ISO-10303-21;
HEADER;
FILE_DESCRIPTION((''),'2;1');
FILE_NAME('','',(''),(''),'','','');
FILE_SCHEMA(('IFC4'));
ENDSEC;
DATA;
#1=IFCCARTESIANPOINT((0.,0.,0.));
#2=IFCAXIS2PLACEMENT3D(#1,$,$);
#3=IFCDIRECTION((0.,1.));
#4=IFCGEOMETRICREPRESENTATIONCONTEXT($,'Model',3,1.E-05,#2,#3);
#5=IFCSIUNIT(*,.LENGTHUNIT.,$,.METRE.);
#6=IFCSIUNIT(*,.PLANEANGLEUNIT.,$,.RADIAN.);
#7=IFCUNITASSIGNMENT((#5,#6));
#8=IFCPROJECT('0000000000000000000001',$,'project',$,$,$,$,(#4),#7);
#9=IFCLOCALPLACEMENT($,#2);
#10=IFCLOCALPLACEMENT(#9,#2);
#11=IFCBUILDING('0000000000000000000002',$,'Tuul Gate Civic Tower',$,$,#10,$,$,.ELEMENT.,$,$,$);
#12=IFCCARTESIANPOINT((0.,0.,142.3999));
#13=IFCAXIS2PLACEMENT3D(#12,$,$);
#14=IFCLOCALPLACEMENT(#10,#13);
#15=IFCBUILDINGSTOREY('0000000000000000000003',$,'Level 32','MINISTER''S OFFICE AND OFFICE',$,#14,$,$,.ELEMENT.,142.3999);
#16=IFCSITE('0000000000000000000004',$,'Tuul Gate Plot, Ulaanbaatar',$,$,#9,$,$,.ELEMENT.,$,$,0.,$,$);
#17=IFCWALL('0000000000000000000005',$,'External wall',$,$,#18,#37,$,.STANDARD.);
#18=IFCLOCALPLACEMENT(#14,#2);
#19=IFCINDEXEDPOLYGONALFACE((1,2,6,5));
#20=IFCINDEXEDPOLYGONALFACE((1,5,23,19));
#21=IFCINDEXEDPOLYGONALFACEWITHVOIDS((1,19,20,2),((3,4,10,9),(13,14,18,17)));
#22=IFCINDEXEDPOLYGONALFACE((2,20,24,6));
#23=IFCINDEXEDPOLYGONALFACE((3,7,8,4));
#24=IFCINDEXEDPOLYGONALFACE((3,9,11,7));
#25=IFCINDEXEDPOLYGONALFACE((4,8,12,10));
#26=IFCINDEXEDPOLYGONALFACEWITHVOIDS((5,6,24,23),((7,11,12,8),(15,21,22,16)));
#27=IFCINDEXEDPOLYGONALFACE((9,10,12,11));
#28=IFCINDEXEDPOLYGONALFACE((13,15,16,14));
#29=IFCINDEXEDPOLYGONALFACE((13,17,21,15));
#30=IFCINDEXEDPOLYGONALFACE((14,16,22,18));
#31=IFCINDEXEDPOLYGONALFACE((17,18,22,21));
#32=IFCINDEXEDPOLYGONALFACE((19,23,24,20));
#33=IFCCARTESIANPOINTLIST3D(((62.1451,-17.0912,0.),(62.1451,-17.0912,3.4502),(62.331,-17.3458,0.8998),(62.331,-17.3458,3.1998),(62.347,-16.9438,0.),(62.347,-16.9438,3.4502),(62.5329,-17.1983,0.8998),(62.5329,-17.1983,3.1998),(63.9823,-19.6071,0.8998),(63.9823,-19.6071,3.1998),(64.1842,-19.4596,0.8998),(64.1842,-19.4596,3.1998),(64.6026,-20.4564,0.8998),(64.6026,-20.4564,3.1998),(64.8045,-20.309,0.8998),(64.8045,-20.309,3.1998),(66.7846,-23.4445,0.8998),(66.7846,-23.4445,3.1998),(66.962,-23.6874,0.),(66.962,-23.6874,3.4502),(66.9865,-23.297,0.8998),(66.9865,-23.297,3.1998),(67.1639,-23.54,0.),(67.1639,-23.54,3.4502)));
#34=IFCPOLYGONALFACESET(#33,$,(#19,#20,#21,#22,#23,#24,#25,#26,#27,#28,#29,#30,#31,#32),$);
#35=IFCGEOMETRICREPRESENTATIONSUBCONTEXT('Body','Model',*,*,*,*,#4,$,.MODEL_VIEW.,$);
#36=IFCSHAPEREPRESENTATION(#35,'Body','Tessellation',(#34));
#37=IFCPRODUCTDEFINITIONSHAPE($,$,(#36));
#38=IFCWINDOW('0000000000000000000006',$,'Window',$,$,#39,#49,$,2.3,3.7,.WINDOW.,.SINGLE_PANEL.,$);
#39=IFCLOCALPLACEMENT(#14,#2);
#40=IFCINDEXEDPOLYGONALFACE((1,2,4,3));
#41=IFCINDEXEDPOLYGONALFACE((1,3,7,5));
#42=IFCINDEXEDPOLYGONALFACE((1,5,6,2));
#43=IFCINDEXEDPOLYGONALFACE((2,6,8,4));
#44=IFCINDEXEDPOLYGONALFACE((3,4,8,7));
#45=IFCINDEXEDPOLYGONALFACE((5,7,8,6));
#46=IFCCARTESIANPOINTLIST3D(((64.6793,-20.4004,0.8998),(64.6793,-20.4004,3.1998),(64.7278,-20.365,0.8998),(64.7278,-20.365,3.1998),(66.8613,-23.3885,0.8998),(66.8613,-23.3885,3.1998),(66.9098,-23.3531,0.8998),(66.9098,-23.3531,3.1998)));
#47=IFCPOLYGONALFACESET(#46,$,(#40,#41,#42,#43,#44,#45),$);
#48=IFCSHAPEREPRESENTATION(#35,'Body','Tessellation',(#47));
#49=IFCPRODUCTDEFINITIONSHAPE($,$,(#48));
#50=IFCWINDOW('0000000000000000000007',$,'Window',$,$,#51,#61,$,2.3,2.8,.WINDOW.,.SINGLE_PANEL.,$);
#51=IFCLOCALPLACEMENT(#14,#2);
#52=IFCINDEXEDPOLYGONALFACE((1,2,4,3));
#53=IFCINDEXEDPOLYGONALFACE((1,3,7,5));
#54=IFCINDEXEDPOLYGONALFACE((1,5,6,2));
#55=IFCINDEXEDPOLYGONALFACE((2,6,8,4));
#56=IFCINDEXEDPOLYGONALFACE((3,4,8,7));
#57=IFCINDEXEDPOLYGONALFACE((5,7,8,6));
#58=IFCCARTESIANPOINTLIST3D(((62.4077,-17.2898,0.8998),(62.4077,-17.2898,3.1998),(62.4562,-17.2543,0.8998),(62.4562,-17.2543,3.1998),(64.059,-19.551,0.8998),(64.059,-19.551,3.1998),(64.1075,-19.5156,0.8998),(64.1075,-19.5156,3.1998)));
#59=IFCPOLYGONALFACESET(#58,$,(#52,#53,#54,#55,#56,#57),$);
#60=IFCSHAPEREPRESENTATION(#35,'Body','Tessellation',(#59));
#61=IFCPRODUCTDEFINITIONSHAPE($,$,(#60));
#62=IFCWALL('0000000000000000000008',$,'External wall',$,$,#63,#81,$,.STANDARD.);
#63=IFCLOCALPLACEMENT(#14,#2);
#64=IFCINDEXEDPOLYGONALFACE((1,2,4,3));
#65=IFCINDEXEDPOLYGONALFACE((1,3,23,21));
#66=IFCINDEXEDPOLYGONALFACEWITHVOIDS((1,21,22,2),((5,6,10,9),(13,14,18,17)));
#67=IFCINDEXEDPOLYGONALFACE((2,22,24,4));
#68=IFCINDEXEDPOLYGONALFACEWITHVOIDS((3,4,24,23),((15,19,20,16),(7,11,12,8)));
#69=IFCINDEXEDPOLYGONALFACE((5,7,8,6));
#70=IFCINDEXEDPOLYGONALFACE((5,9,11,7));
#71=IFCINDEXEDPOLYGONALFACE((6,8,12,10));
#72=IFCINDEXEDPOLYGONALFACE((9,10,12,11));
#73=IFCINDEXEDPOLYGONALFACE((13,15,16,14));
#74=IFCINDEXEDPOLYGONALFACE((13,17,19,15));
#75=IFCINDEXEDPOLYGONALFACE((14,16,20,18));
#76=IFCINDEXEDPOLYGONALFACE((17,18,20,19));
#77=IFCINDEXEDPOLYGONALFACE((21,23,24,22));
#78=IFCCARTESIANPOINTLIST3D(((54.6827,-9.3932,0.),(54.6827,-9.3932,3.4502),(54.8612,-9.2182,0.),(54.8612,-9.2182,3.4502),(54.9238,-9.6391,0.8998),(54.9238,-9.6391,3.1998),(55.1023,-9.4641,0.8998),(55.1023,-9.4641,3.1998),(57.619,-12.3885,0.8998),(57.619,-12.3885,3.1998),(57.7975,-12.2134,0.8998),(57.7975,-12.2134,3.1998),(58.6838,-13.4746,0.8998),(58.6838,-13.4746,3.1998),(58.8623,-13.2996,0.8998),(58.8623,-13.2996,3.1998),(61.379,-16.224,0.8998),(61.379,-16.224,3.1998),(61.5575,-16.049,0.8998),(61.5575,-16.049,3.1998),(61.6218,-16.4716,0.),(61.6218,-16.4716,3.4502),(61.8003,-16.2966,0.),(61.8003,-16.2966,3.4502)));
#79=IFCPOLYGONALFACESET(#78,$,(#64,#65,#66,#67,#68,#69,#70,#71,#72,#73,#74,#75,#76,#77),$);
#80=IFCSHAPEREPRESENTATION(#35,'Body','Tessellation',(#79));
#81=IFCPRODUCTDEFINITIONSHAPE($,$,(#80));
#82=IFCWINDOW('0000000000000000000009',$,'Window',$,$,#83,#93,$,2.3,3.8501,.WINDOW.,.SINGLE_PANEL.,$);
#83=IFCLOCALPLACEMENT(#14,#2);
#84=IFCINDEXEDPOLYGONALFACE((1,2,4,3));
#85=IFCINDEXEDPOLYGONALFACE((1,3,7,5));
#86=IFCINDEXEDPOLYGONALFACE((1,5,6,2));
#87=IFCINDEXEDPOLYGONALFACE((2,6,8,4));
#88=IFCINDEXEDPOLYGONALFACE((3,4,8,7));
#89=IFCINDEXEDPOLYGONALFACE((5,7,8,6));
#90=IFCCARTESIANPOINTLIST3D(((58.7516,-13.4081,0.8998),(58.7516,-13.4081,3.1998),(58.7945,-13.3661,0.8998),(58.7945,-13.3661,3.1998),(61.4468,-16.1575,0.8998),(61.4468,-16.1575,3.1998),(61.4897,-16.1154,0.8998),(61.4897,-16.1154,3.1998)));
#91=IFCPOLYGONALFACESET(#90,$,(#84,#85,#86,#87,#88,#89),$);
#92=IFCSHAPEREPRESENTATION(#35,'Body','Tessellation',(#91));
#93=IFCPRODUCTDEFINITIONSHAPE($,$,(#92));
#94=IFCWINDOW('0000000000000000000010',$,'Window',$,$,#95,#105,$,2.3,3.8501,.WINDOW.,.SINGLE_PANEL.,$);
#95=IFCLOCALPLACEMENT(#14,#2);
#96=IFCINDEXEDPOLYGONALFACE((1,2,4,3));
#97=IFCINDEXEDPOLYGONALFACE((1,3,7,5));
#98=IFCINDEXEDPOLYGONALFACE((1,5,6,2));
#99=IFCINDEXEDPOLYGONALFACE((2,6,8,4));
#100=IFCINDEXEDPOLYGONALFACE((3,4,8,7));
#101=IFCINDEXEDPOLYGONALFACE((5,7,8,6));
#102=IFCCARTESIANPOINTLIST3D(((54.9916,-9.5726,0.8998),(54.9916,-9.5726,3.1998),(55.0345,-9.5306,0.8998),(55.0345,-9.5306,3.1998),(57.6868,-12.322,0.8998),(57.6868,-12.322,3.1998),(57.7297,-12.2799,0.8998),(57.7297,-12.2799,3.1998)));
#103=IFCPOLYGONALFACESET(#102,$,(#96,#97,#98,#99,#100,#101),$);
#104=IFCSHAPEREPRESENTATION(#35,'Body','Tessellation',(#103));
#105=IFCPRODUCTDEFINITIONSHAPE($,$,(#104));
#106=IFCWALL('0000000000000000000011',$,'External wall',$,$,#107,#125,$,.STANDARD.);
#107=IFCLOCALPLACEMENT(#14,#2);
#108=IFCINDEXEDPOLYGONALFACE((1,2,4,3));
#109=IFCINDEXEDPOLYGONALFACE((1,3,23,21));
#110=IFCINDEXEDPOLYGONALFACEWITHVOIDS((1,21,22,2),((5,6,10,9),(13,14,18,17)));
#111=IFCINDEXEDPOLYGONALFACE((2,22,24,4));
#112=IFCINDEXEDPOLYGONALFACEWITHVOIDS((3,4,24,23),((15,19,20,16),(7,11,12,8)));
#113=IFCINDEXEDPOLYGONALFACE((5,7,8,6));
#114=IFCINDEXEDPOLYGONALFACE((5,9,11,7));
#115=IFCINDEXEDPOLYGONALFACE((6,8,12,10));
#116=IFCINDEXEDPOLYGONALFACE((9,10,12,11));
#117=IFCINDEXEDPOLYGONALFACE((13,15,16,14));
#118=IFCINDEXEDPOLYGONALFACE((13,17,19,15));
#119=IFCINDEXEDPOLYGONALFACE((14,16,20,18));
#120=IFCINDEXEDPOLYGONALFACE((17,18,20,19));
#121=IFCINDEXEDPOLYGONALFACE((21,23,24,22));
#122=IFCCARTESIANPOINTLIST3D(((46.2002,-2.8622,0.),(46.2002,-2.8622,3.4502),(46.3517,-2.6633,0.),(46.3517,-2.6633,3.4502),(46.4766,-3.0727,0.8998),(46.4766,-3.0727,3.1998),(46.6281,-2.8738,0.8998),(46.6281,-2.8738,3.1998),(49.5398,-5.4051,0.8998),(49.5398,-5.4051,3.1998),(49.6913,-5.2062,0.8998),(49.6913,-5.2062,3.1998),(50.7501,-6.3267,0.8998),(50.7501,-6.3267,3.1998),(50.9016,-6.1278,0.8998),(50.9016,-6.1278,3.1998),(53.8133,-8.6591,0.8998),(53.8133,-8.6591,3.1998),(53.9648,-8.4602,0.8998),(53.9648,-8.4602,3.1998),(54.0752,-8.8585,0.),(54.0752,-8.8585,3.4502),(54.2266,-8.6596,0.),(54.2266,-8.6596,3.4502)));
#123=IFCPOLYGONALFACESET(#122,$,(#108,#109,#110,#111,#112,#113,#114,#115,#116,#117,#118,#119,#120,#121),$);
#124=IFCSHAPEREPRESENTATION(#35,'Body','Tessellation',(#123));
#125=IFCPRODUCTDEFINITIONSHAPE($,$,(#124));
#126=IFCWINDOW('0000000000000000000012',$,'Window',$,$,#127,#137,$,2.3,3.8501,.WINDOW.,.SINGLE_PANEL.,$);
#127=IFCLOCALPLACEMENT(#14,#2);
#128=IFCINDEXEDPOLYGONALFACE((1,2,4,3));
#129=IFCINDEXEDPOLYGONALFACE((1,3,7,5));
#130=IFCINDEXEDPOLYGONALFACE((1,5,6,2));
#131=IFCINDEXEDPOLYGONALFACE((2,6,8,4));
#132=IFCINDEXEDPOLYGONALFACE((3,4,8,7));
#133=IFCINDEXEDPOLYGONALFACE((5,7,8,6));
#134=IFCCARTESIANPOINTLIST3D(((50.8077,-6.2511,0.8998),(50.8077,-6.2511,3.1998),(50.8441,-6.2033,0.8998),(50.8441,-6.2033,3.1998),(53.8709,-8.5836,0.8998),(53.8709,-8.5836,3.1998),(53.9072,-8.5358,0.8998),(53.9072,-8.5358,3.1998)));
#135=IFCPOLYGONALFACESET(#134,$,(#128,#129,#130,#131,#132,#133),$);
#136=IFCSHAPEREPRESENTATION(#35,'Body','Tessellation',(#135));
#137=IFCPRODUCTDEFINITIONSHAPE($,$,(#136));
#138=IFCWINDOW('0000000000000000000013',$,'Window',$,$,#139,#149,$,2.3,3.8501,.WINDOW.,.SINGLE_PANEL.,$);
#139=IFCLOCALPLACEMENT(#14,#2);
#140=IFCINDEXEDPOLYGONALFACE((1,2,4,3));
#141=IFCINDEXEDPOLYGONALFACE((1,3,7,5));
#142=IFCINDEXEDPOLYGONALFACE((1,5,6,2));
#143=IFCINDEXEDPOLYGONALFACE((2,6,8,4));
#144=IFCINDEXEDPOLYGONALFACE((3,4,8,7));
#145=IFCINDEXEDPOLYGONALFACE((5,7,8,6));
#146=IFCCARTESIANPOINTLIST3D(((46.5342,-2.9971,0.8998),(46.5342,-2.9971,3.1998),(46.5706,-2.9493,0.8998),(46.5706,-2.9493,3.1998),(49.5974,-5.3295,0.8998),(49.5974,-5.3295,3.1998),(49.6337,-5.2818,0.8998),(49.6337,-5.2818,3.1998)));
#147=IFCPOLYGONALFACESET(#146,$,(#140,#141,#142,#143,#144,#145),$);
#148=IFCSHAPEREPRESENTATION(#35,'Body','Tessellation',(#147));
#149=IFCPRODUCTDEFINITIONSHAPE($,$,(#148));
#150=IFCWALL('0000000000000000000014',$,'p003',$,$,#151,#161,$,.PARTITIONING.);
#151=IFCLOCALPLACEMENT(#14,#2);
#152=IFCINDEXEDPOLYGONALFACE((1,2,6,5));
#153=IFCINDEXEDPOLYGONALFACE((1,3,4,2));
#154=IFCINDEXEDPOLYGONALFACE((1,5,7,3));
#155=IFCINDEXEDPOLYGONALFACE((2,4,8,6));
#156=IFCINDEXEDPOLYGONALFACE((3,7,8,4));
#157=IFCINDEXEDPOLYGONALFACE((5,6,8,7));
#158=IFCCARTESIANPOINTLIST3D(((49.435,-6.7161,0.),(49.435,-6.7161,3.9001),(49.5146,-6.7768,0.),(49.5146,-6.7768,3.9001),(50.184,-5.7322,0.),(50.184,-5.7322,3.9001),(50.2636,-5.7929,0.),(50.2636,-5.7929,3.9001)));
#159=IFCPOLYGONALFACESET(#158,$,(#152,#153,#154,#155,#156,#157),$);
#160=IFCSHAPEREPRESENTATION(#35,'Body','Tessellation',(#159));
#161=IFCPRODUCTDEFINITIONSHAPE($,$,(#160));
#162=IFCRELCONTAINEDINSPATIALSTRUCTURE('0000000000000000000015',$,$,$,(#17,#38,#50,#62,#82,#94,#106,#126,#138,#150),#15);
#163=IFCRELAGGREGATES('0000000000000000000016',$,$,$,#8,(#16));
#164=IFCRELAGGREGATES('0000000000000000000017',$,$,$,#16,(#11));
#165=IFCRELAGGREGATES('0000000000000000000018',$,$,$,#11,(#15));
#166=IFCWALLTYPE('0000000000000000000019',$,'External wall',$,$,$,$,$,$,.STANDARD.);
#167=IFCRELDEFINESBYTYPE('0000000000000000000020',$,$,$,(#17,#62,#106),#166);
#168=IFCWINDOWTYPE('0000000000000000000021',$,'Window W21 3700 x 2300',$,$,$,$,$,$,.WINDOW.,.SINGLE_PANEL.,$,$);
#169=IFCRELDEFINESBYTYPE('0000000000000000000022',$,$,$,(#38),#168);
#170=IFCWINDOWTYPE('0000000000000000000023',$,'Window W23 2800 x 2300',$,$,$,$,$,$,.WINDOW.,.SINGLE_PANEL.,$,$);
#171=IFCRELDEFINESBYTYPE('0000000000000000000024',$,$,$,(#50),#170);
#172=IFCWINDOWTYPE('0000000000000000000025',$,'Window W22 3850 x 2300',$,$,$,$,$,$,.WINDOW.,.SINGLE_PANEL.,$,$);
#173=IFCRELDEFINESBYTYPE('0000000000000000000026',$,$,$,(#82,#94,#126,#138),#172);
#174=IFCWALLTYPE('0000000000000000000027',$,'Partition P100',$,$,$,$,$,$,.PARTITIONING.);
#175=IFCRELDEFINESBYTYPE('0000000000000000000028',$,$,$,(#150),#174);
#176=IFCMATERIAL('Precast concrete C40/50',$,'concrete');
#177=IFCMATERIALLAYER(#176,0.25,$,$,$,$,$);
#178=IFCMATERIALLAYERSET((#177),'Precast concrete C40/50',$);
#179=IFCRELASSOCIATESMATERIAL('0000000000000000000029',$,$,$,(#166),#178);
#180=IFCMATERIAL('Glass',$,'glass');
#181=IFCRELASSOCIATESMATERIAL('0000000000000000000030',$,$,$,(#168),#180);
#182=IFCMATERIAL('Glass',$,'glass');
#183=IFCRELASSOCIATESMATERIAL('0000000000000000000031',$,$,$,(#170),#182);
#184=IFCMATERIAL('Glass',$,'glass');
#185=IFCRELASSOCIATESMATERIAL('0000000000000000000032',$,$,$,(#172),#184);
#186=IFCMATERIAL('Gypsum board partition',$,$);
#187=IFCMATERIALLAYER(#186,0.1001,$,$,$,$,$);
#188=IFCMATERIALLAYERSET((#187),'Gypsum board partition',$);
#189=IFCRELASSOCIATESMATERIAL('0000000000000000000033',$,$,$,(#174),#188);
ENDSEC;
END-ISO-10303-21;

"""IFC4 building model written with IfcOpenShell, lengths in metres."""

from ifc_helpers import new_model, si_unit, direction, frame, frame_2d, origin, place, context, subcontext, project, spatial, rectangle, extrude, material, layer, layer_set, type_object, element, fill, save


model = new_model("IFC4")

# Units and contexts
model_context = context("Model", 3, precision=1e-05, world=origin(), true_north=direction((0.0, 1.0)))
body_context = subcontext(model_context, "Body", "Model", "MODEL_VIEW")
ifc_project = project(units=[si_unit("LENGTHUNIT", "METRE"), si_unit("PLANEANGLEUNIT", "RADIAN")], contexts=[model_context])

# Site, building, storey
site_placement = place(None, origin())
site = spatial("IfcSite", under=ifc_project, at=site_placement, Name="Tuul Gate Plot, Ulaanbaatar", CompositionType="ELEMENT", RefElevation=0.0)
building_placement = place(site_placement, origin())
building = spatial("IfcBuilding", under=site, at=building_placement, Name="Tuul Gate Civic Tower", CompositionType="ELEMENT")
storey_placement = place(building_placement, frame((0.0, 0.0, 142.3999)))
storey = spatial("IfcBuildingStorey", under=building, at=storey_placement, Name="Level 32", Description="MINISTER'S OFFICE AND OFFICE", CompositionType="ELEMENT", Elevation=142.3999)

# Walls, openings, windows
ifc_material_1 = material(Name="Precast concrete C40/50", Category="concrete")
ifc_layer_1 = layer(ifc_material_1, 0.25)
ifc_layer_set_1 = layer_set([ifc_layer_1], Name="Precast concrete C40/50")
wall_type_1 = type_object("IfcWallType", Name="External wall", PredefinedType="STANDARD", material=ifc_layer_set_1)
wall_1_placement = place(storey_placement, frame((67.063, -23.6138, 0.0), z_axis=(0.0, 0.0, 1.0), x_axis=(-0.589745, 0.807589, 0.0)))
wall_1 = element("IfcWall", 1, at=wall_1_placement, inside=storey, type_object=wall_type_1, Name="External wall", PredefinedType="STANDARD", context=body_context, shape_type="SweptSolid", body=[
    extrude(rectangle(XDim=8.1677, YDim=0.25, at=frame_2d((4.084, 0.0))), origin(), (0.0, 0.0, 1.0), 3.4502),
])
opening_1_placement = place(wall_1_placement, frame((0.3008, 0.0, 0.8999)))
opening_1 = element("IfcOpeningElement", 2, at=opening_1_placement, cuts=wall_1, PredefinedType="OPENING", context=body_context, shape_type="SweptSolid", body=[
    extrude(rectangle(XDim=3.7, YDim=2.3, at=frame_2d((1.8501, 1.1499))), frame((0.0, 0.135, 0.0), z_axis=(0.0, -1.0, 0.0), x_axis=(1.0, 0.0, 0.0)), (0.0, 0.0, 1.0), 0.27),
])
opening_2_placement = place(wall_1_placement, frame((5.0527, 0.0, 0.8999)))
opening_2 = element("IfcOpeningElement", 3, at=opening_2_placement, cuts=wall_1, PredefinedType="OPENING", context=body_context, shape_type="SweptSolid", body=[
    extrude(rectangle(XDim=2.8, YDim=2.3, at=frame_2d((1.3999, 1.1499))), frame((0.0, 0.135, 0.0), z_axis=(0.0, -1.0, 0.0), x_axis=(1.0, 0.0, 0.0)), (0.0, 0.0, 1.0), 0.27),
])
ifc_material_2 = material(Name="Glass", Category="glass")
window_type_1 = type_object("IfcWindowType", Name="Window W21 3700 x 2300", PartitioningType="SINGLE_PANEL", PredefinedType="WINDOW", material=ifc_material_2)
window_1_placement = place(opening_1_placement, origin())
window_1 = element("IfcWindow", 4, at=window_1_placement, inside=storey, type_object=window_type_1, Name="Window", OverallHeight=2.3, OverallWidth=3.7, PartitioningType="SINGLE_PANEL", PredefinedType="WINDOW", context=body_context, shape_type="SweptSolid", body=[
    extrude(rectangle(XDim=3.7, YDim=2.3, at=frame_2d((1.8501, 1.1499))), frame((0.0, 0.03, 0.0), z_axis=(0.0, -1.0, 0.0), x_axis=(1.0, 0.0, 0.0)), (0.0, 0.0, 1.0), 0.0601),
])
fill(opening_1, window_1)
ifc_material_3 = material(Name="Glass", Category="glass")
window_type_2 = type_object("IfcWindowType", Name="Window W23 2800 x 2300", PartitioningType="SINGLE_PANEL", PredefinedType="WINDOW", material=ifc_material_3)
window_2_placement = place(opening_2_placement, origin())
window_2 = element("IfcWindow", 5, at=window_2_placement, inside=storey, type_object=window_type_2, Name="Window", OverallHeight=2.3, OverallWidth=2.8, PartitioningType="SINGLE_PANEL", PredefinedType="WINDOW", context=body_context, shape_type="SweptSolid", body=[
    extrude(rectangle(XDim=2.8, YDim=2.3, at=frame_2d((1.3999, 1.1499))), frame((0.0, 0.03, 0.0), z_axis=(0.0, -1.0, 0.0), x_axis=(1.0, 0.0, 0.0)), (0.0, 0.0, 1.0), 0.0601),
])
fill(opening_2, window_2)
wall_2_placement = place(storey_placement, frame((61.7109, -16.384, 0.0), z_axis=(0.0, 0.0, 1.0), x_axis=(-0.70004, 0.714104, 0.0)))
wall_2 = element("IfcWall", 6, at=wall_2_placement, inside=storey, type_object=wall_type_1, Name="External wall", PredefinedType="STANDARD", context=body_context, shape_type="SweptSolid", body=[
    extrude(rectangle(XDim=9.9124, YDim=0.25, at=frame_2d((4.9561, 0.0))), origin(), (0.0, 0.0, 1.0), 3.4502),
])
opening_3_placement = place(wall_2_placement, frame((0.3467, 0.0, 0.8999)))
opening_3 = element("IfcOpeningElement", 7, at=opening_3_placement, cuts=wall_2, PredefinedType="OPENING", context=body_context, shape_type="SweptSolid", body=[
    extrude(rectangle(XDim=3.8501, YDim=2.3, at=frame_2d((1.925, 1.1499))), frame((0.0, 0.135, 0.0), z_axis=(0.0, -1.0, 0.0), x_axis=(1.0, 0.0, 0.0)), (0.0, 0.0, 1.0), 0.27),
])
opening_4_placement = place(wall_2_placement, frame((5.7178, 0.0, 0.8999)))
opening_4 = element("IfcOpeningElement", 8, at=opening_4_placement, cuts=wall_2, PredefinedType="OPENING", context=body_context, shape_type="SweptSolid", body=[
    extrude(rectangle(XDim=3.8501, YDim=2.3, at=frame_2d((1.925, 1.1499))), frame((0.0, 0.135, 0.0), z_axis=(0.0, -1.0, 0.0), x_axis=(1.0, 0.0, 0.0)), (0.0, 0.0, 1.0), 0.27),
])
ifc_material_4 = material(Name="Glass", Category="glass")
window_type_3 = type_object("IfcWindowType", Name="Window W22 3850 x 2300", PartitioningType="SINGLE_PANEL", PredefinedType="WINDOW", material=ifc_material_4)
window_3_placement = place(opening_3_placement, origin())
window_3 = element("IfcWindow", 9, at=window_3_placement, inside=storey, type_object=window_type_3, Name="Window", OverallHeight=2.3, OverallWidth=3.8501, PartitioningType="SINGLE_PANEL", PredefinedType="WINDOW", context=body_context, shape_type="SweptSolid", body=[
    extrude(rectangle(XDim=3.8501, YDim=2.3, at=frame_2d((1.925, 1.1499))), frame((0.0, 0.03, 0.0), z_axis=(0.0, -1.0, 0.0), x_axis=(1.0, 0.0, 0.0)), (0.0, 0.0, 1.0), 0.0601),
])
fill(opening_3, window_3)
window_4_placement = place(opening_4_placement, origin())
window_4 = element("IfcWindow", 10, at=window_4_placement, inside=storey, type_object=window_type_3, Name="Window", OverallHeight=2.3, OverallWidth=3.8501, PartitioningType="SINGLE_PANEL", PredefinedType="WINDOW", context=body_context, shape_type="SweptSolid", body=[
    extrude(rectangle(XDim=3.8501, YDim=2.3, at=frame_2d((1.925, 1.1499))), frame((0.0, 0.03, 0.0), z_axis=(0.0, -1.0, 0.0), x_axis=(1.0, 0.0, 0.0)), (0.0, 0.0, 1.0), 0.0601),
])
fill(opening_4, window_4)
wall_3_placement = place(storey_placement, frame((54.1509, -8.759, 0.0), z_axis=(0.0, 0.0, 1.0), x_axis=(-0.79561, 0.605809, 0.0)))
wall_3 = element("IfcWall", 11, at=wall_3_placement, inside=storey, type_object=wall_type_1, Name="External wall", PredefinedType="STANDARD", context=body_context, shape_type="SweptSolid", body=[
    extrude(rectangle(XDim=9.8979, YDim=0.25, at=frame_2d((4.949, 0.0))), origin(), (0.0, 0.0, 1.0), 3.4502),
])
opening_5_placement = place(wall_3_placement, frame((0.3291, 0.0, 0.8999)))
opening_5 = element("IfcOpeningElement", 12, at=opening_5_placement, cuts=wall_3, PredefinedType="OPENING", context=body_context, shape_type="SweptSolid", body=[
    extrude(rectangle(XDim=3.8501, YDim=2.3, at=frame_2d((1.925, 1.1499))), frame((0.0, 0.135, 0.0), z_axis=(0.0, -1.0, 0.0), x_axis=(1.0, 0.0, 0.0)), (0.0, 0.0, 1.0), 0.27),
])
opening_6_placement = place(wall_3_placement, frame((5.7004, 0.0, 0.8999)))
opening_6 = element("IfcOpeningElement", 13, at=opening_6_placement, cuts=wall_3, PredefinedType="OPENING", context=body_context, shape_type="SweptSolid", body=[
    extrude(rectangle(XDim=3.8501, YDim=2.3, at=frame_2d((1.925, 1.1499))), frame((0.0, 0.135, 0.0), z_axis=(0.0, -1.0, 0.0), x_axis=(1.0, 0.0, 0.0)), (0.0, 0.0, 1.0), 0.27),
])
window_5_placement = place(opening_5_placement, origin())
window_5 = element("IfcWindow", 14, at=window_5_placement, inside=storey, type_object=window_type_3, Name="Window", OverallHeight=2.3, OverallWidth=3.8501, PartitioningType="SINGLE_PANEL", PredefinedType="WINDOW", context=body_context, shape_type="SweptSolid", body=[
    extrude(rectangle(XDim=3.8501, YDim=2.3, at=frame_2d((1.925, 1.1499))), frame((0.0, 0.03, 0.0), z_axis=(0.0, -1.0, 0.0), x_axis=(1.0, 0.0, 0.0)), (0.0, 0.0, 1.0), 0.0601),
])
fill(opening_5, window_5)
window_6_placement = place(opening_6_placement, origin())
window_6 = element("IfcWindow", 15, at=window_6_placement, inside=storey, type_object=window_type_3, Name="Window", OverallHeight=2.3, OverallWidth=3.8501, PartitioningType="SINGLE_PANEL", PredefinedType="WINDOW", context=body_context, shape_type="SweptSolid", body=[
    extrude(rectangle(XDim=3.8501, YDim=2.3, at=frame_2d((1.925, 1.1499))), frame((0.0, 0.03, 0.0), z_axis=(0.0, -1.0, 0.0), x_axis=(1.0, 0.0, 0.0)), (0.0, 0.0, 1.0), 0.0601),
])
fill(opening_6, window_6)

# Wall
ifc_material_5 = material(Name="Gypsum board partition")
ifc_layer_2 = layer(ifc_material_5, 0.1001)
ifc_layer_set_2 = layer_set([ifc_layer_2], Name="Gypsum board partition")
wall_type_2 = type_object("IfcWallType", Name="Partition P100", PredefinedType="PARTITIONING", material=ifc_layer_set_2)
wall_4_placement = place(storey_placement, frame((49.4749, -6.7463, 0.0), z_axis=(0.0, 0.0, 1.0), x_axis=(0.605734, 0.795667, 0.0)))
element("IfcWall", 16, at=wall_4_placement, inside=storey, type_object=wall_type_2, Name="p003", PredefinedType="PARTITIONING", context=body_context, shape_type="SweptSolid", body=[
    extrude(rectangle(XDim=1.2366, YDim=0.1001, at=frame_2d((0.6182, 0.0))), origin(), (0.0, 0.0, 1.0), 3.9001),
])

save(model, "model.ifc")
